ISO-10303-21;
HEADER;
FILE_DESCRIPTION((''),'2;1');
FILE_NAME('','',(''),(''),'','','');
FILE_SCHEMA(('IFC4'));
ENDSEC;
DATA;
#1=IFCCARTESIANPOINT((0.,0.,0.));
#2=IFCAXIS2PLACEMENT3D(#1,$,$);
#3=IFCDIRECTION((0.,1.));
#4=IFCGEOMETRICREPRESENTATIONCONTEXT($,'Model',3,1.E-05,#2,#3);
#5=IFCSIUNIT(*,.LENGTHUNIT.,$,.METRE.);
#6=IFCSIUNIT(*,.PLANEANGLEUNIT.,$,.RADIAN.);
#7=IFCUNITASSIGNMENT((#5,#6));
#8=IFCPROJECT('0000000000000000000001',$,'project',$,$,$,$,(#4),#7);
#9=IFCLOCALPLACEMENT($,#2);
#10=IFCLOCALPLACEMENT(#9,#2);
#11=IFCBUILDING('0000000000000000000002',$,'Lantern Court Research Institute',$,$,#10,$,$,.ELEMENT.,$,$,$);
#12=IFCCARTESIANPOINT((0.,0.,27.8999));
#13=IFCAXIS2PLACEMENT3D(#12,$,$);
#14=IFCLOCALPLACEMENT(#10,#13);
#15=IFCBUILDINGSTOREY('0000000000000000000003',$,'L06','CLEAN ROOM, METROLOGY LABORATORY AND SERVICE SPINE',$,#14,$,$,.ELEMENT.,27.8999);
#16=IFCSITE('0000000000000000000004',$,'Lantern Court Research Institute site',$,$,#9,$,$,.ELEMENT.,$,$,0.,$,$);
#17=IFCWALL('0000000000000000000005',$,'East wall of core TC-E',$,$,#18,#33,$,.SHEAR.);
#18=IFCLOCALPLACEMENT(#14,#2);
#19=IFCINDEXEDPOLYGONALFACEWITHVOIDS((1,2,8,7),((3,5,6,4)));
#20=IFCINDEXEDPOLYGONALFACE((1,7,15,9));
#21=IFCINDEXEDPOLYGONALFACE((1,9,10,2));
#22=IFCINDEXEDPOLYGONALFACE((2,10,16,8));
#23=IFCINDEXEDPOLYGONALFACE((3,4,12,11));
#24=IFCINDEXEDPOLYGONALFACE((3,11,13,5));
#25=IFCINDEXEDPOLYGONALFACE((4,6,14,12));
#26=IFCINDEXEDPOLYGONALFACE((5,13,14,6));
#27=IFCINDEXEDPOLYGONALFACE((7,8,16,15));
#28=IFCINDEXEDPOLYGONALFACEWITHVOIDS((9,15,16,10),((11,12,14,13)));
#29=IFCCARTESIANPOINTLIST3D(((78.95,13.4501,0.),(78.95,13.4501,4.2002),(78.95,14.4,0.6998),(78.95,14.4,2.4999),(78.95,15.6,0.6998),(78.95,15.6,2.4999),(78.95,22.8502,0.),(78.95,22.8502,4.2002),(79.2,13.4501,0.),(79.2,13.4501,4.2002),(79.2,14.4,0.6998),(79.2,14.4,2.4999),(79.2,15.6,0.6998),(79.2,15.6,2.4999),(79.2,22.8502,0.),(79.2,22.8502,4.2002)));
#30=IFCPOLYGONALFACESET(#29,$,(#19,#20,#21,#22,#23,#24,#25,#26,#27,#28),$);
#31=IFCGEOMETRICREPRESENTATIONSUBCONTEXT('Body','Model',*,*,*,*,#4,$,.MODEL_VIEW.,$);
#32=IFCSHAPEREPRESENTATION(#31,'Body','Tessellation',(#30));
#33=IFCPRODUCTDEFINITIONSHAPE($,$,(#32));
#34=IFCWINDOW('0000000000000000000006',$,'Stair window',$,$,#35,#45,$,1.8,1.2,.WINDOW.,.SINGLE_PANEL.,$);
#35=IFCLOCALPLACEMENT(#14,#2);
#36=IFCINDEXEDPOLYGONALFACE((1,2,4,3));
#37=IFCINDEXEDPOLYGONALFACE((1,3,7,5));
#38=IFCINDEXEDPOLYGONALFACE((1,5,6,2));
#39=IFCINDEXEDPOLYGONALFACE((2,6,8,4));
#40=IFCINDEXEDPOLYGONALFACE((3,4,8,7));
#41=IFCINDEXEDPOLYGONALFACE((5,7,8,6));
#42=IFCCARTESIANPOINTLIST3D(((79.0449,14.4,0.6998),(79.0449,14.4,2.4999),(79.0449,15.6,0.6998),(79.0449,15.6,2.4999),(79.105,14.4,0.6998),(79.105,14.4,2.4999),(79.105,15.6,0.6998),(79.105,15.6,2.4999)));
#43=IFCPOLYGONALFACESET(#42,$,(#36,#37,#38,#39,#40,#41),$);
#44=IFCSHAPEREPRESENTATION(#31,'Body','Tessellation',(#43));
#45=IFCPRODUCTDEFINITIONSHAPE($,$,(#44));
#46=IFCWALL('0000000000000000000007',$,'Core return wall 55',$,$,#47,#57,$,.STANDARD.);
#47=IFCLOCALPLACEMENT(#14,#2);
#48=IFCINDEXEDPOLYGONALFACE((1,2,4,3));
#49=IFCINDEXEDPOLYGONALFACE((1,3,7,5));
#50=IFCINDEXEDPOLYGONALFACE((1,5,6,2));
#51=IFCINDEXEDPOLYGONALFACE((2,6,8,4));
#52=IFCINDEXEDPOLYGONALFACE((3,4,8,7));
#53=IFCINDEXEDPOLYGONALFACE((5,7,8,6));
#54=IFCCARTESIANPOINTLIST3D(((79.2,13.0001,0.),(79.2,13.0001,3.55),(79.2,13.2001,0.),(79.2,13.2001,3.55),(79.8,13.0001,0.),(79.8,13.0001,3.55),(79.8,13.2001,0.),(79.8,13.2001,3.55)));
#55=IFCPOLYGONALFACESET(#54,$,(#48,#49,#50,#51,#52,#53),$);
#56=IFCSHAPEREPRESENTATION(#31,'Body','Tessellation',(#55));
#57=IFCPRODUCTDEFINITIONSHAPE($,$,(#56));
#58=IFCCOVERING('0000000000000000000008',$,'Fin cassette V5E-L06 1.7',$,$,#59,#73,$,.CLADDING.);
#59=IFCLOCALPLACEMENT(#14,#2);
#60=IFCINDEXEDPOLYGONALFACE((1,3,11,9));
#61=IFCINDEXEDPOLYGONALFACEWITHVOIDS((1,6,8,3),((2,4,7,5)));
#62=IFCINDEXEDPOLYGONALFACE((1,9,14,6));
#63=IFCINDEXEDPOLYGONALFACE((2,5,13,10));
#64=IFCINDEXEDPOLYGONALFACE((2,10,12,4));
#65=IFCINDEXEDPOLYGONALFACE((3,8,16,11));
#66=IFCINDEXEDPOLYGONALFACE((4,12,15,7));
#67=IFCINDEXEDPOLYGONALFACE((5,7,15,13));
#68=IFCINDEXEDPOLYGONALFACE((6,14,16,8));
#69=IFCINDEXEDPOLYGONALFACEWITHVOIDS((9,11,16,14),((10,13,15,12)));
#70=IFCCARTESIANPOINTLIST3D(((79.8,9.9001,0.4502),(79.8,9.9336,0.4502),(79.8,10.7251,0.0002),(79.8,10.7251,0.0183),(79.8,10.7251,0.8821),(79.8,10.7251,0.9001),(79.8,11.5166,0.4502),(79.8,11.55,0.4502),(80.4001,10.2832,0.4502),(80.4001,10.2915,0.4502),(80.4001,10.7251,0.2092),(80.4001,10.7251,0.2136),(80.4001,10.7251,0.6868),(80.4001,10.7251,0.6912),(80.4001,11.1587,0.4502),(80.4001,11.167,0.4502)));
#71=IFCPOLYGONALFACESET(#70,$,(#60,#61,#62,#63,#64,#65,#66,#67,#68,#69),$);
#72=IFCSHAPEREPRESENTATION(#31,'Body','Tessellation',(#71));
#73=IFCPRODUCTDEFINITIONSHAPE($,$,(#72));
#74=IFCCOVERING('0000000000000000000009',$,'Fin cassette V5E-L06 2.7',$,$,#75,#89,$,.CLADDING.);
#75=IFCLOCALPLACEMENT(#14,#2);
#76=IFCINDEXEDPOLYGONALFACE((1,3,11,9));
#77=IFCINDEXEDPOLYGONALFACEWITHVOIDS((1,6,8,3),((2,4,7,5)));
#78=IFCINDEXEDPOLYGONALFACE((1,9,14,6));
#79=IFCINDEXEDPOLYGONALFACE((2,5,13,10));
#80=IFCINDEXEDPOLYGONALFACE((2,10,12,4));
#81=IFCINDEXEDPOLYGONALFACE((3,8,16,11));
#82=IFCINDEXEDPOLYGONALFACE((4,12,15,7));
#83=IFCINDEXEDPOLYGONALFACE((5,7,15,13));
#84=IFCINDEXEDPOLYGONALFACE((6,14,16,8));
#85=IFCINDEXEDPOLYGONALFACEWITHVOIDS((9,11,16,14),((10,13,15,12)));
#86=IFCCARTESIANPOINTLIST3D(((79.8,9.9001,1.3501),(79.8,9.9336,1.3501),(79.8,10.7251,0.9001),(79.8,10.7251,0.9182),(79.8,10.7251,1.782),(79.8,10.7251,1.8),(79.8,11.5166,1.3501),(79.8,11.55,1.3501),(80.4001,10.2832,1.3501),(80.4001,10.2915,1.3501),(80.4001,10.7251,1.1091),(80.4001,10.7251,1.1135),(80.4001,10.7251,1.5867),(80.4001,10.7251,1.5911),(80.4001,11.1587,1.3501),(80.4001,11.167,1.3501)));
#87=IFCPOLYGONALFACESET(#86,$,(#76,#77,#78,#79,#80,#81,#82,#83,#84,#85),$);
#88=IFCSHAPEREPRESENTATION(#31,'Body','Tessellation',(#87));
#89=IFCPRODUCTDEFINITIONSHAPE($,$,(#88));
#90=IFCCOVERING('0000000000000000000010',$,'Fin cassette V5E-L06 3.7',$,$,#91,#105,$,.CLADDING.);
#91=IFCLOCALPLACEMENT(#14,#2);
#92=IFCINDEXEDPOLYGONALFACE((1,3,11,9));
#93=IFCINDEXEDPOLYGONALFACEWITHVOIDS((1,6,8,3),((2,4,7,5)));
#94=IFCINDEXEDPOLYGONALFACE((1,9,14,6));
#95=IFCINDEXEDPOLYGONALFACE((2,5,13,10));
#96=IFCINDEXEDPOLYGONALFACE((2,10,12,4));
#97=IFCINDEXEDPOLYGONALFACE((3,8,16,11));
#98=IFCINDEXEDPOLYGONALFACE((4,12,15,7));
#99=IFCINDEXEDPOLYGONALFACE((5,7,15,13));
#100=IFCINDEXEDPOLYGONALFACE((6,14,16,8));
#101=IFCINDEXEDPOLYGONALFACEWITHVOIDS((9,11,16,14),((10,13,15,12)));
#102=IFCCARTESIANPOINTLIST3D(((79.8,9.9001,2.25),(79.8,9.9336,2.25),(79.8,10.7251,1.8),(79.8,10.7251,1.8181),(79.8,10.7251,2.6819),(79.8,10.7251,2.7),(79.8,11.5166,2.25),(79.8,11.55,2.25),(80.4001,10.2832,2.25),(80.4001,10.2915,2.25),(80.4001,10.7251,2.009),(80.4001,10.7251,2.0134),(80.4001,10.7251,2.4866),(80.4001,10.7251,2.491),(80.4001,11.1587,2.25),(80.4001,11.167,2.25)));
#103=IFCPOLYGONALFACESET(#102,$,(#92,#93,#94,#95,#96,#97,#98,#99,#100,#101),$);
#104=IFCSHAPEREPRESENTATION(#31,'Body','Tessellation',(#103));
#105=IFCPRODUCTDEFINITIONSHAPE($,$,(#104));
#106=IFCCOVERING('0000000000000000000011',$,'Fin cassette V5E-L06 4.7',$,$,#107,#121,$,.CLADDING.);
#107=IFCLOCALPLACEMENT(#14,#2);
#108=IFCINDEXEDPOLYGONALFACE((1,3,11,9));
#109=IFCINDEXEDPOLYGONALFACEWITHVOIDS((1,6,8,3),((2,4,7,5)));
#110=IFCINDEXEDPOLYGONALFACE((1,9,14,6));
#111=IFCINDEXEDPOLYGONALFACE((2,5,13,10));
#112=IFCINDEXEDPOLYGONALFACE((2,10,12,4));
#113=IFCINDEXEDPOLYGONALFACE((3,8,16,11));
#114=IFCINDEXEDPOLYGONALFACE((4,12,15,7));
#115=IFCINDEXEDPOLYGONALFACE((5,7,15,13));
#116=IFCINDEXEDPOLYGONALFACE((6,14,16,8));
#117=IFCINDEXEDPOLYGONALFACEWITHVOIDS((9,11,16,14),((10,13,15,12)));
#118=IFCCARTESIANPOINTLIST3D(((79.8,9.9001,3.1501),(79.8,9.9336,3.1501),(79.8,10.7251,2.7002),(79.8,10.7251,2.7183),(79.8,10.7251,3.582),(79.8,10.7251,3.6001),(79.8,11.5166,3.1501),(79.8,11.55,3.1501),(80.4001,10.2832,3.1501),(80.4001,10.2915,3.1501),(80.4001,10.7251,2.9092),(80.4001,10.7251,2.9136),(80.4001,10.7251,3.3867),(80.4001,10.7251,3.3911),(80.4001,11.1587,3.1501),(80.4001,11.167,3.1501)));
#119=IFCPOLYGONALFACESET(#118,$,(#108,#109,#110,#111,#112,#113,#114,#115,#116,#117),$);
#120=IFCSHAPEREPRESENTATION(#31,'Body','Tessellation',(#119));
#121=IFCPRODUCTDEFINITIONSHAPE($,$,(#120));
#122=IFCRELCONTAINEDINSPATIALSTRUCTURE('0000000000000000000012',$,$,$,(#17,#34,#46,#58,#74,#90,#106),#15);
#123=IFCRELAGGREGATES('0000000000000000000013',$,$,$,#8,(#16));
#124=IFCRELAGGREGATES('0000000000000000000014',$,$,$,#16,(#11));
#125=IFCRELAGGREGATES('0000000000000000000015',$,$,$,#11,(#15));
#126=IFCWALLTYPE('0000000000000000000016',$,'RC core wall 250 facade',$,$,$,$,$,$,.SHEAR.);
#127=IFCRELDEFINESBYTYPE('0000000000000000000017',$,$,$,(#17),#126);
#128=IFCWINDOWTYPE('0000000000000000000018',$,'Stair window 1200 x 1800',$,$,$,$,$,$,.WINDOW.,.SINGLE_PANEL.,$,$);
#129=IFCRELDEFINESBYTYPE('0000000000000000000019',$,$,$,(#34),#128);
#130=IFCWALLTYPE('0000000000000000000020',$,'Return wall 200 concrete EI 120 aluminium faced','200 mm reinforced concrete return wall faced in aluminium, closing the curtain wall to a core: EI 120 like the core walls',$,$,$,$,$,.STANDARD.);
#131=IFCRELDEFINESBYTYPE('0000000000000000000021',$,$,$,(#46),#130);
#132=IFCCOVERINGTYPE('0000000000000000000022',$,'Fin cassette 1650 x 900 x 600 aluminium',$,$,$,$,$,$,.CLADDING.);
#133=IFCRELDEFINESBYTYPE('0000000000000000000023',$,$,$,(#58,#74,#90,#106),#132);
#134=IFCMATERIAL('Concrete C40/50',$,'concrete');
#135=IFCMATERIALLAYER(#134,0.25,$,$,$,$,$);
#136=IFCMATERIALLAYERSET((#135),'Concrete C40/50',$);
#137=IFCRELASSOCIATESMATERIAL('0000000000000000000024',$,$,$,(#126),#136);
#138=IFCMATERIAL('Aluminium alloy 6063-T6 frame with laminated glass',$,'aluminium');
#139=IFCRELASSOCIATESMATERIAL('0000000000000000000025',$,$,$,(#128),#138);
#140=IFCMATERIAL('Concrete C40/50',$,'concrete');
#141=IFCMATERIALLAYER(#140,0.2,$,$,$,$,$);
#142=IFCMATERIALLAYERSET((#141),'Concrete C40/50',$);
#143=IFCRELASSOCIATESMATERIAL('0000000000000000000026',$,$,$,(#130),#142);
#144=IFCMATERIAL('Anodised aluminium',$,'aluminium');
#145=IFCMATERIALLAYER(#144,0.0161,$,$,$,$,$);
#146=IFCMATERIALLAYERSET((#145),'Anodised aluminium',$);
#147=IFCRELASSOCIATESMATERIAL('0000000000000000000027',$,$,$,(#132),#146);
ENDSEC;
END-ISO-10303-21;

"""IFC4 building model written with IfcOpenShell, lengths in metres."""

from ifc_helpers import new_model, entity, si_unit, direction, frame, frame_2d, origin, place, context, subcontext, project, spatial, rectangle, extrude, material, layer, layer_set, type_object, element, fill, save


model = new_model("IFC4")

# Units and contexts
model_context = context("Model", 3, precision=1e-05, world=origin(), true_north=direction((0.0, 1.0)))
body_context = subcontext(model_context, "Body", "Model", "MODEL_VIEW")
ifc_project = project(units=[si_unit("LENGTHUNIT", "METRE"), si_unit("PLANEANGLEUNIT", "RADIAN")], contexts=[model_context])

# Site, building, storey
site_placement = place(None, origin())
site = spatial("IfcSite", under=ifc_project, at=site_placement, Name="Lantern Court Research Institute site", CompositionType="ELEMENT", RefElevation=0.0)
building_placement = place(site_placement, origin())
building = spatial("IfcBuilding", under=site, at=building_placement, Name="Lantern Court Research Institute", CompositionType="ELEMENT")
storey_placement = place(building_placement, frame((0.0, 0.0, 27.8999)))
storey = spatial("IfcBuildingStorey", under=building, at=storey_placement, Name="L06", Description="CLEAN ROOM, METROLOGY LABORATORY AND SERVICE SPINE", CompositionType="ELEMENT", Elevation=27.8999)

# Wall, opening, window
ifc_material_1 = material(Name="Concrete C40/50", Category="concrete")
ifc_layer_1 = layer(ifc_material_1, 0.25)
ifc_layer_set_1 = layer_set([ifc_layer_1], Name="Concrete C40/50")
wall_type_1 = type_object("IfcWallType", Name="RC core wall 250 facade", PredefinedType="SHEAR", material=ifc_layer_set_1)
wall_1_placement = place(storey_placement, frame((79.075, 13.45, 0.0), z_axis=(0.0, 0.0, 1.0), x_axis=(0.0, 1.0, 0.0)))
wall_1 = element("IfcWall", 1, at=wall_1_placement, inside=storey, type_object=wall_type_1, Name="East wall of core TC-E", PredefinedType="SHEAR", context=body_context, shape_type="SweptSolid", body=[
    extrude(rectangle(XDim=9.4001, YDim=0.25, at=frame_2d((4.7002, 0.0))), origin(), (0.0, 0.0, 1.0), 4.2002),
])
opening_1_placement = place(wall_1_placement, frame((0.95, 0.0, 0.7)))
opening_1 = element("IfcOpeningElement", 2, at=opening_1_placement, cuts=wall_1, PredefinedType="OPENING", context=body_context, shape_type="SweptSolid", body=[
    extrude(rectangle(XDim=1.2, YDim=1.8, at=frame_2d((0.6001, 0.8999))), frame((0.0, 0.135, 0.0), z_axis=(0.0, -1.0, 0.0), x_axis=(1.0, 0.0, 0.0)), (0.0, 0.0, 1.0), 0.27),
])
ifc_material_2 = material(Name="Aluminium alloy 6063-T6 frame with laminated glass", Category="aluminium")
window_type = type_object("IfcWindowType", Name="Stair window 1200 x 1800", PartitioningType="SINGLE_PANEL", PredefinedType="WINDOW", material=ifc_material_2)
window_placement = place(opening_1_placement, origin())
window = element("IfcWindow", 3, at=window_placement, inside=storey, type_object=window_type, Name="Stair window", OverallHeight=1.8, OverallWidth=1.2, PartitioningType="SINGLE_PANEL", PredefinedType="WINDOW", context=body_context, shape_type="SweptSolid", body=[
    extrude(rectangle(XDim=1.2, YDim=1.8, at=frame_2d((0.6001, 0.8999))), frame((0.0, 0.03, 0.0), z_axis=(0.0, -1.0, 0.0), x_axis=(1.0, 0.0, 0.0)), (0.0, 0.0, 1.0), 0.0601),
])
fill(opening_1, window)

# Wall
ifc_material_3 = material(Name="Concrete C40/50", Category="concrete")
ifc_layer_2 = layer(ifc_material_3, 0.2)
ifc_layer_set_2 = layer_set([ifc_layer_2], Name="Concrete C40/50")
wall_type_2 = type_object("IfcWallType", Name="Return wall 200 concrete EI 120 aluminium faced", Description="200 mm reinforced concrete return wall faced in aluminium, closing the curtain wall to a core: EI 120 like the core walls", PredefinedType="STANDARD", material=ifc_layer_set_2)
wall_2_placement = place(storey_placement, frame((79.2, 13.1001, 0.0), z_axis=(0.0, 0.0, 1.0), x_axis=(1.0, 0.0, 0.0)))
element("IfcWall", 4, at=wall_2_placement, inside=storey, type_object=wall_type_2, Name="Core return wall 55", PredefinedType="STANDARD", context=body_context, shape_type="SweptSolid", body=[
    extrude(rectangle(XDim=0.6001, YDim=0.2, at=frame_2d((0.3, 0.0))), origin(), (0.0, 0.0, 1.0), 3.55),
])

# Coverings
ifc_material_4 = material(Name="Anodised aluminium", Category="aluminium")
ifc_layer_3 = layer(ifc_material_4, 0.0161)
ifc_layer_set_3 = layer_set([ifc_layer_3], Name="Anodised aluminium")
covering_type = type_object("IfcCoveringType", Name="Fin cassette 1650 x 900 x 600 aluminium", PredefinedType="CLADDING", material=ifc_layer_set_3)
covering_1_placement = place(storey_placement, frame((79.8, 10.7251, 0.4502), z_axis=(1.0, 0.0, 0.0), x_axis=(0.0, 1.0, 0.0)))
cartesian_point_1 = entity("IfcCartesianPoint", [0.825, 0.0])
cartesian_point_2 = entity("IfcCartesianPoint", [0.7915, 0.0])
cartesian_point_3 = entity("IfcCartesianPoint", [0.4419, 0.0])
cartesian_point_4 = entity("IfcCartesianPoint", [0.4336, 0.0])
element("IfcCovering", 5, at=covering_1_placement, inside=storey, type_object=covering_type, Name="Fin cassette V5E-L06 1.7", PredefinedType="CLADDING", context=body_context, shape_type="SweptSolid", body=[
    entity("IfcExtrudedAreaSolidTapered", entity("IfcArbitraryProfileDefWithVoids", "AREA", None, entity("IfcPolyline", [cartesian_point_1, entity("IfcCartesianPoint", [0.0, 0.45]), entity("IfcCartesianPoint", [-0.825, 0.0]), entity("IfcCartesianPoint", [0.0, -0.45]), cartesian_point_1]), [entity("IfcPolyline", [cartesian_point_2, entity("IfcCartesianPoint", [0.0, 0.4319]), entity("IfcCartesianPoint", [-0.7915, 0.0]), entity("IfcCartesianPoint", [0.0, -0.4319]), cartesian_point_2])]), entity("IfcAxis2Placement3D", entity("IfcCartesianPoint", [0.0, 0.0, 0.0])), entity("IfcDirection", [0.0, 0.0, 1.0]), 0.6001, entity("IfcArbitraryProfileDefWithVoids", "AREA", None, entity("IfcPolyline", [cartesian_point_3, entity("IfcCartesianPoint", [0.0, 0.241]), entity("IfcCartesianPoint", [-0.4419, 0.0]), entity("IfcCartesianPoint", [0.0, -0.241]), cartesian_point_3]), [entity("IfcPolyline", [cartesian_point_4, entity("IfcCartesianPoint", [0.0, 0.2366]), entity("IfcCartesianPoint", [-0.4336, 0.0]), entity("IfcCartesianPoint", [0.0, -0.2366]), cartesian_point_4])])),
])
covering_2_placement = place(storey_placement, frame((79.8, 10.7251, 1.3501), z_axis=(1.0, 0.0, 0.0), x_axis=(0.0, 1.0, 0.0)))
cartesian_point_5 = entity("IfcCartesianPoint", [0.825, 0.0])
cartesian_point_6 = entity("IfcCartesianPoint", [0.7915, 0.0])
cartesian_point_7 = entity("IfcCartesianPoint", [0.4419, 0.0])
cartesian_point_8 = entity("IfcCartesianPoint", [0.4336, 0.0])
element("IfcCovering", 6, at=covering_2_placement, inside=storey, type_object=covering_type, Name="Fin cassette V5E-L06 2.7", PredefinedType="CLADDING", context=body_context, shape_type="SweptSolid", body=[
    entity("IfcExtrudedAreaSolidTapered", entity("IfcArbitraryProfileDefWithVoids", "AREA", None, entity("IfcPolyline", [cartesian_point_5, entity("IfcCartesianPoint", [0.0, 0.45]), entity("IfcCartesianPoint", [-0.825, 0.0]), entity("IfcCartesianPoint", [0.0, -0.45]), cartesian_point_5]), [entity("IfcPolyline", [cartesian_point_6, entity("IfcCartesianPoint", [0.0, 0.4319]), entity("IfcCartesianPoint", [-0.7915, 0.0]), entity("IfcCartesianPoint", [0.0, -0.4319]), cartesian_point_6])]), entity("IfcAxis2Placement3D", entity("IfcCartesianPoint", [0.0, 0.0, 0.0])), entity("IfcDirection", [0.0, 0.0, 1.0]), 0.6001, entity("IfcArbitraryProfileDefWithVoids", "AREA", None, entity("IfcPolyline", [cartesian_point_7, entity("IfcCartesianPoint", [0.0, 0.241]), entity("IfcCartesianPoint", [-0.4419, 0.0]), entity("IfcCartesianPoint", [0.0, -0.241]), cartesian_point_7]), [entity("IfcPolyline", [cartesian_point_8, entity("IfcCartesianPoint", [0.0, 0.2366]), entity("IfcCartesianPoint", [-0.4336, 0.0]), entity("IfcCartesianPoint", [0.0, -0.2366]), cartesian_point_8])])),
])
covering_3_placement = place(storey_placement, frame((79.8, 10.7251, 2.25), z_axis=(1.0, 0.0, 0.0), x_axis=(0.0, 1.0, 0.0)))
cartesian_point_9 = entity("IfcCartesianPoint", [0.825, 0.0])
cartesian_point_10 = entity("IfcCartesianPoint", [0.7915, 0.0])
cartesian_point_11 = entity("IfcCartesianPoint", [0.4419, 0.0])
cartesian_point_12 = entity("IfcCartesianPoint", [0.4336, 0.0])
element("IfcCovering", 7, at=covering_3_placement, inside=storey, type_object=covering_type, Name="Fin cassette V5E-L06 3.7", PredefinedType="CLADDING", context=body_context, shape_type="SweptSolid", body=[
    entity("IfcExtrudedAreaSolidTapered", entity("IfcArbitraryProfileDefWithVoids", "AREA", None, entity("IfcPolyline", [cartesian_point_9, entity("IfcCartesianPoint", [0.0, 0.45]), entity("IfcCartesianPoint", [-0.825, 0.0]), entity("IfcCartesianPoint", [0.0, -0.45]), cartesian_point_9]), [entity("IfcPolyline", [cartesian_point_10, entity("IfcCartesianPoint", [0.0, 0.4319]), entity("IfcCartesianPoint", [-0.7915, 0.0]), entity("IfcCartesianPoint", [0.0, -0.4319]), cartesian_point_10])]), entity("IfcAxis2Placement3D", entity("IfcCartesianPoint", [0.0, 0.0, 0.0])), entity("IfcDirection", [0.0, 0.0, 1.0]), 0.6001, entity("IfcArbitraryProfileDefWithVoids", "AREA", None, entity("IfcPolyline", [cartesian_point_11, entity("IfcCartesianPoint", [0.0, 0.241]), entity("IfcCartesianPoint", [-0.4419, 0.0]), entity("IfcCartesianPoint", [0.0, -0.241]), cartesian_point_11]), [entity("IfcPolyline", [cartesian_point_12, entity("IfcCartesianPoint", [0.0, 0.2366]), entity("IfcCartesianPoint", [-0.4336, 0.0]), entity("IfcCartesianPoint", [0.0, -0.2366]), cartesian_point_12])])),
])
covering_4_placement = place(storey_placement, frame((79.8, 10.7251, 3.1501), z_axis=(1.0, 0.0, 0.0), x_axis=(0.0, 1.0, 0.0)))
cartesian_point_13 = entity("IfcCartesianPoint", [0.825, 0.0])
cartesian_point_14 = entity("IfcCartesianPoint", [0.7915, 0.0])
cartesian_point_15 = entity("IfcCartesianPoint", [0.4419, 0.0])
cartesian_point_16 = entity("IfcCartesianPoint", [0.4336, 0.0])
element("IfcCovering", 8, at=covering_4_placement, inside=storey, type_object=covering_type, Name="Fin cassette V5E-L06 4.7", PredefinedType="CLADDING", context=body_context, shape_type="SweptSolid", body=[
    entity("IfcExtrudedAreaSolidTapered", entity("IfcArbitraryProfileDefWithVoids", "AREA", None, entity("IfcPolyline", [cartesian_point_13, entity("IfcCartesianPoint", [0.0, 0.45]), entity("IfcCartesianPoint", [-0.825, 0.0]), entity("IfcCartesianPoint", [0.0, -0.45]), cartesian_point_13]), [entity("IfcPolyline", [cartesian_point_14, entity("IfcCartesianPoint", [0.0, 0.4319]), entity("IfcCartesianPoint", [-0.7915, 0.0]), entity("IfcCartesianPoint", [0.0, -0.4319]), cartesian_point_14])]), entity("IfcAxis2Placement3D", entity("IfcCartesianPoint", [0.0, 0.0, 0.0])), entity("IfcDirection", [0.0, 0.0, 1.0]), 0.6001, entity("IfcArbitraryProfileDefWithVoids", "AREA", None, entity("IfcPolyline", [cartesian_point_15, entity("IfcCartesianPoint", [0.0, 0.241]), entity("IfcCartesianPoint", [-0.4419, 0.0]), entity("IfcCartesianPoint", [0.0, -0.241]), cartesian_point_15]), [entity("IfcPolyline", [cartesian_point_16, entity("IfcCartesianPoint", [0.0, 0.2366]), entity("IfcCartesianPoint", [-0.4336, 0.0]), entity("IfcCartesianPoint", [0.0, -0.2366]), cartesian_point_16])])),
])

save(model, "model.ifc")
